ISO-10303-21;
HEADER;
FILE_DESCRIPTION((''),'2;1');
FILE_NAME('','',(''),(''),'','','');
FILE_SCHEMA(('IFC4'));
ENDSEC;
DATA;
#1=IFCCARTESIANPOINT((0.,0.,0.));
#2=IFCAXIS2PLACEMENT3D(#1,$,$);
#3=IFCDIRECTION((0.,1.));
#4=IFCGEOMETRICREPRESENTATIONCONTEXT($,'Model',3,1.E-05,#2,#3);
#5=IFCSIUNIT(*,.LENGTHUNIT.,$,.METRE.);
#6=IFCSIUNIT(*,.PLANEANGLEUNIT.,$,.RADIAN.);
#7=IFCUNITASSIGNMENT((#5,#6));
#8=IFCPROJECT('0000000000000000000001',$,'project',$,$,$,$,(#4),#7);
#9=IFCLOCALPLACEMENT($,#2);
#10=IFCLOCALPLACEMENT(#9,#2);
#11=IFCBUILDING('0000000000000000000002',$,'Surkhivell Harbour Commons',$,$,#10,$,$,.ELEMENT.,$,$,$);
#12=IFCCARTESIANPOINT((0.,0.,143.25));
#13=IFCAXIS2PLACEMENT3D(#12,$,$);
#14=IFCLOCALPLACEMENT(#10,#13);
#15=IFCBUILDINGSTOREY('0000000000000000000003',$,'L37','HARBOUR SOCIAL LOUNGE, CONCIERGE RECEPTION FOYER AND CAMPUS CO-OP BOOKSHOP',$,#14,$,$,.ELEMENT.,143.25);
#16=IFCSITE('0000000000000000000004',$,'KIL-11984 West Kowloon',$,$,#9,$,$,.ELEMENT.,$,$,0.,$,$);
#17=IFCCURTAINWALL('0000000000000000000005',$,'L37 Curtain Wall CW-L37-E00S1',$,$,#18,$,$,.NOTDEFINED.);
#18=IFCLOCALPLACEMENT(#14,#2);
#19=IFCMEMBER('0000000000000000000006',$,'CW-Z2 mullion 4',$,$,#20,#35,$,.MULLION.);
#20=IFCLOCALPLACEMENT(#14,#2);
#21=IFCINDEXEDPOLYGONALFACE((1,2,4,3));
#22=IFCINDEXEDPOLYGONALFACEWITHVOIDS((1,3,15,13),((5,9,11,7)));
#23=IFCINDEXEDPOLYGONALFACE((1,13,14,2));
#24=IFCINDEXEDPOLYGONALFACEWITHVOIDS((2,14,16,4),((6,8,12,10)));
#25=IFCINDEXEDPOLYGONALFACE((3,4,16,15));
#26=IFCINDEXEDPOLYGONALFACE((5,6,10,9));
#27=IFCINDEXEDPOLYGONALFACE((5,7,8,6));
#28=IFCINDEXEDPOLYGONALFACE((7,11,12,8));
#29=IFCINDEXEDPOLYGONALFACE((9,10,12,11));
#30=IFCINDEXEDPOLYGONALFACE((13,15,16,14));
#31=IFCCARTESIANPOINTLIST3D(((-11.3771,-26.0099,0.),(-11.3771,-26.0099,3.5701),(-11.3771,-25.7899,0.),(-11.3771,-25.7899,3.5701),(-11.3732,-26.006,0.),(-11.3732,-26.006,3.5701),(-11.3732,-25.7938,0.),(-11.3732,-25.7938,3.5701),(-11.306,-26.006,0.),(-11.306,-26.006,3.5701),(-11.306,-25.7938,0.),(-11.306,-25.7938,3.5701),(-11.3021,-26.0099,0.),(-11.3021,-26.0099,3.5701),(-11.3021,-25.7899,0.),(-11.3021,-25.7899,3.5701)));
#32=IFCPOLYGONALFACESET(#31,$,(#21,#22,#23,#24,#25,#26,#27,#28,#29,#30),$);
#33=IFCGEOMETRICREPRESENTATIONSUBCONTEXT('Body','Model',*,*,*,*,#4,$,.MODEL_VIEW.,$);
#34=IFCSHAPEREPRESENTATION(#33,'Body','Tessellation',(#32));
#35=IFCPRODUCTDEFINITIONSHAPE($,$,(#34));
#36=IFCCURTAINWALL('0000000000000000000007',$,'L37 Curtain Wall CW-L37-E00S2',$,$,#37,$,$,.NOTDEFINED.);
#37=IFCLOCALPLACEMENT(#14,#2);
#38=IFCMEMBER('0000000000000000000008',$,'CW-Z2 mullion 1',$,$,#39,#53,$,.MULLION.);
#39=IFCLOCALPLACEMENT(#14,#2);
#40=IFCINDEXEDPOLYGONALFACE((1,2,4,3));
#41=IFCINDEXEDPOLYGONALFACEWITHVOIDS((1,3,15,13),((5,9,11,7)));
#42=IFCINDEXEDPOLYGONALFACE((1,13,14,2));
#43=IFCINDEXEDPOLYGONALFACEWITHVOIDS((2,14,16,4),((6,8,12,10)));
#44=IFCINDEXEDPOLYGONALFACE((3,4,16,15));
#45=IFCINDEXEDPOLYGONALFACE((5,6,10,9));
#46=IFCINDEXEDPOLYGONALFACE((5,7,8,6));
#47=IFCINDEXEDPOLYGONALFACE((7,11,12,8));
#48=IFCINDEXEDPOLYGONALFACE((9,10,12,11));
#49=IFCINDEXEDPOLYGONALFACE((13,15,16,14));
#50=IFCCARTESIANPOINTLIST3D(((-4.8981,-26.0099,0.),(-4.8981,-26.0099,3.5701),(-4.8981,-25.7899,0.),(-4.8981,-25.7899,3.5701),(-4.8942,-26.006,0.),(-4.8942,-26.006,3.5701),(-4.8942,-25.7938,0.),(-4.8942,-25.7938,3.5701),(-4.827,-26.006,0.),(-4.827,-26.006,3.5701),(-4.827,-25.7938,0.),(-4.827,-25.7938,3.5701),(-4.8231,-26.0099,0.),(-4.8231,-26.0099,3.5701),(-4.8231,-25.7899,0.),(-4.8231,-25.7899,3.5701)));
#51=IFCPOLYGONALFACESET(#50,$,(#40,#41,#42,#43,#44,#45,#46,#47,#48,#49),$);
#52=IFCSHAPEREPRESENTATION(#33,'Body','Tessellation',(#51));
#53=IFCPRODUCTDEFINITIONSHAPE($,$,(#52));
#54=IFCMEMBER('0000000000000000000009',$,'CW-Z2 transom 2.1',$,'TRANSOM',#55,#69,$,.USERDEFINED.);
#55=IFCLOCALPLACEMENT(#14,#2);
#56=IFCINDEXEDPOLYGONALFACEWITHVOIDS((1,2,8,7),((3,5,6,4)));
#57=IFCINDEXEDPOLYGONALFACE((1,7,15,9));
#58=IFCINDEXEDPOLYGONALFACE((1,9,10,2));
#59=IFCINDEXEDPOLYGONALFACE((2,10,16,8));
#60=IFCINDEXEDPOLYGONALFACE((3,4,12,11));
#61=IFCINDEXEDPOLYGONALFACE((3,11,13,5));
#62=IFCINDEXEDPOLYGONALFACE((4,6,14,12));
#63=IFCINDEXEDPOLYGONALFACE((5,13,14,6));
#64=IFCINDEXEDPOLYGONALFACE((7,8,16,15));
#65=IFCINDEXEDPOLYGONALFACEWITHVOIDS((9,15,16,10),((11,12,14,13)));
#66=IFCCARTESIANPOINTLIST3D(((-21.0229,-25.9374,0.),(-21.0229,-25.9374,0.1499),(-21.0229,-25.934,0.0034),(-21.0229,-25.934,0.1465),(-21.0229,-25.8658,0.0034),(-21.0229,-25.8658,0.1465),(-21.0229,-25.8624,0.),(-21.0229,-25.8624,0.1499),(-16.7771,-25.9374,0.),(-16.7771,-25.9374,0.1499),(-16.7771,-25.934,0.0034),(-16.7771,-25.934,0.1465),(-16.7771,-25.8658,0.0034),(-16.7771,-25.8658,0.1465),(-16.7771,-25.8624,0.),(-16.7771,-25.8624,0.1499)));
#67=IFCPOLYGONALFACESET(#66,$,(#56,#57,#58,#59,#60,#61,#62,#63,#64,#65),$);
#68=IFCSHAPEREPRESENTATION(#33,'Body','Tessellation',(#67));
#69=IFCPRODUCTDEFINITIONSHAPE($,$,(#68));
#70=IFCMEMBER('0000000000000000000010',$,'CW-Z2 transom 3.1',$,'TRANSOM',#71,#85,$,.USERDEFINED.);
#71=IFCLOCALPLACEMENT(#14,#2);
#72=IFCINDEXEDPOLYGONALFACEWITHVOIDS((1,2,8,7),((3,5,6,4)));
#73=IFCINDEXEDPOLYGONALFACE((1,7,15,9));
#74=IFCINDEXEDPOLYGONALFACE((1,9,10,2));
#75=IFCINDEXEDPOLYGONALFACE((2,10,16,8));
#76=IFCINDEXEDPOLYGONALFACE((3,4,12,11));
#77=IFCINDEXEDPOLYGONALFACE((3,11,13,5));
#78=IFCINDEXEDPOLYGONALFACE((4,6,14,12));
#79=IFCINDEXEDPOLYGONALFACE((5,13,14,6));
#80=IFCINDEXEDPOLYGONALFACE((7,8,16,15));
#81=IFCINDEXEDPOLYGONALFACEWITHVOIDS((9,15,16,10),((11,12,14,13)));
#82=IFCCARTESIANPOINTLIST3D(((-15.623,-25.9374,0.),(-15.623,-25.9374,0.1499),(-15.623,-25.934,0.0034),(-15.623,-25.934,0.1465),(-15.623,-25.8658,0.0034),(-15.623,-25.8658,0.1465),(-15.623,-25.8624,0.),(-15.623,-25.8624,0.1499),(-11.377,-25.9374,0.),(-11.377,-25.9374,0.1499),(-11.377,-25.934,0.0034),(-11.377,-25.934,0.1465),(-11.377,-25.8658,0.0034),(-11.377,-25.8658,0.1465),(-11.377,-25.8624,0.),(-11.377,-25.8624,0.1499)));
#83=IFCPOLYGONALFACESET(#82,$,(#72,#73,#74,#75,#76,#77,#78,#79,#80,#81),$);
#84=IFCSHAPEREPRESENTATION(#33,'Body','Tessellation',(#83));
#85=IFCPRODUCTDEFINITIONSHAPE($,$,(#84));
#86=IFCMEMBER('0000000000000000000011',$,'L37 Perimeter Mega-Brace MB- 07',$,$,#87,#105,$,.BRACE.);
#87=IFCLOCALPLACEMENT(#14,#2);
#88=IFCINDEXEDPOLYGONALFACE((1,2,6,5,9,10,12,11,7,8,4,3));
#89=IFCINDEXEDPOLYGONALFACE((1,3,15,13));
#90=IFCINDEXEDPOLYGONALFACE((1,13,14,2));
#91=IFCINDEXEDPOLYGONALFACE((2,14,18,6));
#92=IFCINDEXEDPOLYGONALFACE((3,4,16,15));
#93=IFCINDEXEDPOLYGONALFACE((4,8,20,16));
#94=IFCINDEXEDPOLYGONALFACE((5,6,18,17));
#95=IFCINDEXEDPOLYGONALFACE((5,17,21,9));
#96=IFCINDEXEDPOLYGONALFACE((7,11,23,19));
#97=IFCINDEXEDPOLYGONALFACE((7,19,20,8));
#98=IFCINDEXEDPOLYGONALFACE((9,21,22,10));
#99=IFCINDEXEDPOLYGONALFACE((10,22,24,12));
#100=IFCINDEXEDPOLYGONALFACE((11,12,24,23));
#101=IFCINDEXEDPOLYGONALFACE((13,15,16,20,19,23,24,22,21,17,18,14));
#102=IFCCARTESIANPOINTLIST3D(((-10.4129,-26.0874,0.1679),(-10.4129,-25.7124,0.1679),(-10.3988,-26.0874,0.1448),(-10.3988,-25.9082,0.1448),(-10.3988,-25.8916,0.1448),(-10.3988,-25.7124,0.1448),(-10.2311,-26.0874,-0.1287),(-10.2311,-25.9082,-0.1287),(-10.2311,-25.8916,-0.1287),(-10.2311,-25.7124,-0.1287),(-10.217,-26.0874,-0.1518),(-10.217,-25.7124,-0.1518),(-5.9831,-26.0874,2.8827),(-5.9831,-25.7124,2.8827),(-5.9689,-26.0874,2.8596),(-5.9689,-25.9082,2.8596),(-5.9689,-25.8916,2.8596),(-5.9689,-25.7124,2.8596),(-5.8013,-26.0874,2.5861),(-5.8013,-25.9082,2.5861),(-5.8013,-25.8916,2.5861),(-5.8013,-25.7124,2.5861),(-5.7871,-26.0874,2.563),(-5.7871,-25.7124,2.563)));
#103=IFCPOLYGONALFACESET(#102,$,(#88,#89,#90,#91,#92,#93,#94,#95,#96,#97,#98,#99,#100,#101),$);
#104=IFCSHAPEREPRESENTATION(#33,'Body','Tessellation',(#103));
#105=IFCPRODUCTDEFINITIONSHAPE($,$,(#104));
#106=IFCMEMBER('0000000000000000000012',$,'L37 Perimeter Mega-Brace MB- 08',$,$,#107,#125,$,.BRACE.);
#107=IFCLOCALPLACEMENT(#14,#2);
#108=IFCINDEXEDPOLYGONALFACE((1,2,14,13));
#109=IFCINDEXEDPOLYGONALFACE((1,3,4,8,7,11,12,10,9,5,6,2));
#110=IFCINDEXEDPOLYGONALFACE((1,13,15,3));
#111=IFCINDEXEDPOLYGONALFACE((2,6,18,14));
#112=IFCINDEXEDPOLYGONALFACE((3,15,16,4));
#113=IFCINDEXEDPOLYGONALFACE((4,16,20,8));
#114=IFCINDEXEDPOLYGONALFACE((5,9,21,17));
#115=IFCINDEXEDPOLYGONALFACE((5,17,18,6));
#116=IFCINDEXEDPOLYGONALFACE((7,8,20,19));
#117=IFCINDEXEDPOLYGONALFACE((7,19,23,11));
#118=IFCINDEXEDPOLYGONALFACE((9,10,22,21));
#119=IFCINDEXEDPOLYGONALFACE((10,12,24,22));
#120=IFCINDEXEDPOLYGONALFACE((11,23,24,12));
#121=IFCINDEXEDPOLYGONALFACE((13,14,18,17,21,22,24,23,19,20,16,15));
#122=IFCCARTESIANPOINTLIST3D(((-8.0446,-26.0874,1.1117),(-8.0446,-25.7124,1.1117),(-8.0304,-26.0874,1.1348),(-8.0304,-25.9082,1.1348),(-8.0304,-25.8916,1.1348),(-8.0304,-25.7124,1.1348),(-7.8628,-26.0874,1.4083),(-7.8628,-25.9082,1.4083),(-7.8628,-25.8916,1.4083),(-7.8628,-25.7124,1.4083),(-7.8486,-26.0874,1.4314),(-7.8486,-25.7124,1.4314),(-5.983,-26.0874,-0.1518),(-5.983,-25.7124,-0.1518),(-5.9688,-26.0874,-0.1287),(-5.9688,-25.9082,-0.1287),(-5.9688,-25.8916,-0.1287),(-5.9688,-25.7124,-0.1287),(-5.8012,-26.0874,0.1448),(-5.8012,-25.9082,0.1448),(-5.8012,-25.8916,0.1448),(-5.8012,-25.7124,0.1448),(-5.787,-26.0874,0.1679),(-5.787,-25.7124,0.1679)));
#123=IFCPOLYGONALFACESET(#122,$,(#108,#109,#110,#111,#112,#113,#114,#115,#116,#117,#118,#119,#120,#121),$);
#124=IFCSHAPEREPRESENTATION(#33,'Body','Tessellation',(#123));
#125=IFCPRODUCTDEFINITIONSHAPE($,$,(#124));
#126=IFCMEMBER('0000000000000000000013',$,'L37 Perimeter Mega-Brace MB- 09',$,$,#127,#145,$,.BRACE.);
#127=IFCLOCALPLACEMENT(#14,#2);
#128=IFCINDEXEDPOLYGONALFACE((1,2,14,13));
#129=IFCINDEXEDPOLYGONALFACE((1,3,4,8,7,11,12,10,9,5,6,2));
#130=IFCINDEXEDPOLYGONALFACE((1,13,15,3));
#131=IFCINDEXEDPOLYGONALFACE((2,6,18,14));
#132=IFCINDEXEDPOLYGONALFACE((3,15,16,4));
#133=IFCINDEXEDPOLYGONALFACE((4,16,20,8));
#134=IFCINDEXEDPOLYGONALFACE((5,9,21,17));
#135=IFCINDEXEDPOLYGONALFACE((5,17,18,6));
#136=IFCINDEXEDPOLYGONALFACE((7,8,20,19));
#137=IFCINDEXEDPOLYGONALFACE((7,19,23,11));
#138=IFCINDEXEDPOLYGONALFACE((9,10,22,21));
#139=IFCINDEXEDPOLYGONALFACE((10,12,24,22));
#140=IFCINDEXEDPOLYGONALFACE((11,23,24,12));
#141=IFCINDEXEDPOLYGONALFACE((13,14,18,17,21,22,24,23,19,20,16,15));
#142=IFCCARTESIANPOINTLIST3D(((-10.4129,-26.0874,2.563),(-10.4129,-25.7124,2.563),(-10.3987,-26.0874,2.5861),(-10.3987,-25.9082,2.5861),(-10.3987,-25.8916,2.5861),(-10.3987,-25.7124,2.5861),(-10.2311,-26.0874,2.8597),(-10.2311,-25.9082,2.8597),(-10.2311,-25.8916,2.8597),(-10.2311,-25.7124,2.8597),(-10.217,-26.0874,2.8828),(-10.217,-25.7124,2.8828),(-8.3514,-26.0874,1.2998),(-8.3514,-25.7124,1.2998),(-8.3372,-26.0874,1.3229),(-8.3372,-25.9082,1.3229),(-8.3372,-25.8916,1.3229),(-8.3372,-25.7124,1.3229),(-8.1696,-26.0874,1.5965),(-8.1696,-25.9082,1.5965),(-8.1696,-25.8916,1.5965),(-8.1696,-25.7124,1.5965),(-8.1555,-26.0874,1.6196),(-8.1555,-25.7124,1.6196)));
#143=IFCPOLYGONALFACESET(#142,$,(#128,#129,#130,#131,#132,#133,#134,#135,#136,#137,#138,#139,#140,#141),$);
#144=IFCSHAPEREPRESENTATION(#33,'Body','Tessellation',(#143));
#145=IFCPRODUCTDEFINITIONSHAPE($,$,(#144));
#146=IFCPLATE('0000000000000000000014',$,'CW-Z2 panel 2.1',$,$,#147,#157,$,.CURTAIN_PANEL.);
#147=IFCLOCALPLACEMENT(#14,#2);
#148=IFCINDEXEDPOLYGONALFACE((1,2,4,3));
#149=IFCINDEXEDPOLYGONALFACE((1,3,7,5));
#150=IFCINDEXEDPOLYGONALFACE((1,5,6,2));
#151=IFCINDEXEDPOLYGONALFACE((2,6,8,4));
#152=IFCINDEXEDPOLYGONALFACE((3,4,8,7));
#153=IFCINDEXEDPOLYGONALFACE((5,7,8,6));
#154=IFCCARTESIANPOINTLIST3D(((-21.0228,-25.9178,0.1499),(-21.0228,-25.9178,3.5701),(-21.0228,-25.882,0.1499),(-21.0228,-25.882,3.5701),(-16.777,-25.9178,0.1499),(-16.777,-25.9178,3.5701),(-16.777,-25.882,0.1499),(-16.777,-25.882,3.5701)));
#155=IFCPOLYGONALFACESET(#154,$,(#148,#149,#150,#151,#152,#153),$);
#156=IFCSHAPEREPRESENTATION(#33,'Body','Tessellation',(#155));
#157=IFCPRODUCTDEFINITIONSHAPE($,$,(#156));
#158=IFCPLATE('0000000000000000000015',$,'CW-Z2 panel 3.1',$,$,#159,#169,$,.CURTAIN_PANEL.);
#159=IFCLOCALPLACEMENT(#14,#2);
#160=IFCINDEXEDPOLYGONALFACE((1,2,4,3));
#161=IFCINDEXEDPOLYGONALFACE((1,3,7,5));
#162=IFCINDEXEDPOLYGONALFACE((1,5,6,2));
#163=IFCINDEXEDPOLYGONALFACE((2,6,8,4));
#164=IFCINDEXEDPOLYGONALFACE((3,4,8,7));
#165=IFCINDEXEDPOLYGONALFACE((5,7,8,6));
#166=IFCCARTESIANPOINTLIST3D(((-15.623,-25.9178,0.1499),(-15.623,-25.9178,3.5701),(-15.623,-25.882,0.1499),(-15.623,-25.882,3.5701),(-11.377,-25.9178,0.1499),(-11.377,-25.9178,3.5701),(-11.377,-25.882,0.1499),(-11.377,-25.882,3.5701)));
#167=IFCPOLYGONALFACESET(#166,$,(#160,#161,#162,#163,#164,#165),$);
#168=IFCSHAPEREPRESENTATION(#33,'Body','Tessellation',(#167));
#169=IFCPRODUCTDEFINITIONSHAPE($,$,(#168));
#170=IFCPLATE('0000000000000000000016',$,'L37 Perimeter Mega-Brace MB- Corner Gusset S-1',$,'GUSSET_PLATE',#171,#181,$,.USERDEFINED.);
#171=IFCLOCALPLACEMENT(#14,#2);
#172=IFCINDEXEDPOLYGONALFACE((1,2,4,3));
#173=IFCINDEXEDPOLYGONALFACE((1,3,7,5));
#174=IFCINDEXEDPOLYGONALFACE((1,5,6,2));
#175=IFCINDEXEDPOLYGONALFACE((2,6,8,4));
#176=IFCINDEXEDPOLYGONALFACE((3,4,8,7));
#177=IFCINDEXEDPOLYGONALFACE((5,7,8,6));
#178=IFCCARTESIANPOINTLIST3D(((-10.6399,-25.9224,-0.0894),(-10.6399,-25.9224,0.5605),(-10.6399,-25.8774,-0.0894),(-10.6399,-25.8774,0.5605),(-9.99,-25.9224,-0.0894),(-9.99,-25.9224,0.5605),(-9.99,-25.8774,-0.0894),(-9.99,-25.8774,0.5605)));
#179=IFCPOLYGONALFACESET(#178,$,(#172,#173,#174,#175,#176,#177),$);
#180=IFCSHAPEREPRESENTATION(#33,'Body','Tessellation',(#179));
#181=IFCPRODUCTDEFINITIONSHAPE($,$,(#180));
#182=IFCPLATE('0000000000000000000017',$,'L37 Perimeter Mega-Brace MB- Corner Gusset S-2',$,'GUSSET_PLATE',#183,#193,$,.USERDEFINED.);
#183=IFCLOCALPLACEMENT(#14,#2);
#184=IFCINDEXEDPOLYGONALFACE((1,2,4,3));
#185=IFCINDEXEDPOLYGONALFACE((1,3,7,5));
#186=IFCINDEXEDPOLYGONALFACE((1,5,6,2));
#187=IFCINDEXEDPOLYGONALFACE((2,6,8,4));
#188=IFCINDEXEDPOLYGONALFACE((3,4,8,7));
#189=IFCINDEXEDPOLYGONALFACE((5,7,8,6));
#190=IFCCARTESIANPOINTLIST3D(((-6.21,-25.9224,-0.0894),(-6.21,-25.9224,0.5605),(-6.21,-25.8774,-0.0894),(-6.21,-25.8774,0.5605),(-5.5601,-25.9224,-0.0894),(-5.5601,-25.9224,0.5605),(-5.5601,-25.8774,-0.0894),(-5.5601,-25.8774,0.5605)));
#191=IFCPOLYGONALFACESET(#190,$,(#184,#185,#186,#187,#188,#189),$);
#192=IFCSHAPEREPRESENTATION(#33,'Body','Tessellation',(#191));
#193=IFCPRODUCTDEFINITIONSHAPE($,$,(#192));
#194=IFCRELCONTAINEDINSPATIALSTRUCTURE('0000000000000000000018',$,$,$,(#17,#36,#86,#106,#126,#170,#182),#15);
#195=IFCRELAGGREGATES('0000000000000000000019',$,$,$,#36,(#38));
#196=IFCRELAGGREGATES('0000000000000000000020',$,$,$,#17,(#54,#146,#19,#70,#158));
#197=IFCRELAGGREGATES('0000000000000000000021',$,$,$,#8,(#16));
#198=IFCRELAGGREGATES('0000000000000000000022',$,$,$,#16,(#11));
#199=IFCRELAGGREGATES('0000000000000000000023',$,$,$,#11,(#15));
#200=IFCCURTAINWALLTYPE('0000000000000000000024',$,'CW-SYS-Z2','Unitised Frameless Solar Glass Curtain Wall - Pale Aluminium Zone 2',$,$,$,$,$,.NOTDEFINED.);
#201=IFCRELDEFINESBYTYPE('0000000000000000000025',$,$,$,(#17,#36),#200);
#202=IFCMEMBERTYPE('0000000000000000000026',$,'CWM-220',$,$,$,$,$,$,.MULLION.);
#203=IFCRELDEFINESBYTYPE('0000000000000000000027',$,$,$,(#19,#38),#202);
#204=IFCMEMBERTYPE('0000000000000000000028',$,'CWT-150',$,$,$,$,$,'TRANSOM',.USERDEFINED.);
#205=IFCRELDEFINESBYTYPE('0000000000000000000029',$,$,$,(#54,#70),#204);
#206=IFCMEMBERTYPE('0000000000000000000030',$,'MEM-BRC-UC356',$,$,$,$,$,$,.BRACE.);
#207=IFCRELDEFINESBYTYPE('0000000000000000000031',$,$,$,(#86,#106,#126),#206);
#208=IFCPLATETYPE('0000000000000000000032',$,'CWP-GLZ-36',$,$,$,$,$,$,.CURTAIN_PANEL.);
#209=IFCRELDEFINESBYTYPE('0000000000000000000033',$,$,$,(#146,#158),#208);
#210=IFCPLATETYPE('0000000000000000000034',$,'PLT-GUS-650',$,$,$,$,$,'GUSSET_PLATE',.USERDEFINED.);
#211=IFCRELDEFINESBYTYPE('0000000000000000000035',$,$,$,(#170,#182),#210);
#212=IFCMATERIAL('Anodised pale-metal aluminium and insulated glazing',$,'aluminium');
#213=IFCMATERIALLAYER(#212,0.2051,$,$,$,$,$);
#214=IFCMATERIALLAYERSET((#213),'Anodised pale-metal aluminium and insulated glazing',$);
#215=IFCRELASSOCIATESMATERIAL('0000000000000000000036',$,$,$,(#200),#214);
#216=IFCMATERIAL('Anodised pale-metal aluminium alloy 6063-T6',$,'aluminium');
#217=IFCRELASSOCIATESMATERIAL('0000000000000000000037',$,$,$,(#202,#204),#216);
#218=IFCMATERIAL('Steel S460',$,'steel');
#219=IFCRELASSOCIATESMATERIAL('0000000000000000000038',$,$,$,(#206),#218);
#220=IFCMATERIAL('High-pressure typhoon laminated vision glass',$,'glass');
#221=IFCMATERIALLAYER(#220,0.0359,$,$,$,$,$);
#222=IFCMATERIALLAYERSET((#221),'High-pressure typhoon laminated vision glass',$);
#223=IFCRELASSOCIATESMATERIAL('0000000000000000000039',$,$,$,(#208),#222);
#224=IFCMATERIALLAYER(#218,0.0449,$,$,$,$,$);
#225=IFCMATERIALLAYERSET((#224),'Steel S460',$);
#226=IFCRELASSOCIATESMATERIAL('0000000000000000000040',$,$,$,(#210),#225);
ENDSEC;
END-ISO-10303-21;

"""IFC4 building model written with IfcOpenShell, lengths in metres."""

from ifc_helpers import new_model, si_unit, direction, frame, frame_2d, origin, origin_2d, place, context, subcontext, project, spatial, rectangle, hollow_rectangle, i_section, extrude, material, layer, layer_set, material_profile, profile_set, type_object, element, aggregate, save


model = new_model("IFC4")

# Units and contexts
model_context = context("Model", 3, precision=1e-05, world=origin(), true_north=direction((0.0, 1.0)))
body_context = subcontext(model_context, "Body", "Model", "MODEL_VIEW")
ifc_project = project(units=[si_unit("LENGTHUNIT", "METRE"), si_unit("PLANEANGLEUNIT", "RADIAN")], contexts=[model_context])

# Site, building, storey
site_placement = place(None, origin())
site = spatial("IfcSite", under=ifc_project, at=site_placement, Name="KIL-11984 West Kowloon", CompositionType="ELEMENT", RefElevation=0.0)
building_placement = place(site_placement, origin())
building = spatial("IfcBuilding", under=site, at=building_placement, Name="Surkhivell Harbour Commons", CompositionType="ELEMENT")
storey_placement = place(building_placement, frame((0.0, 0.0, 143.25)))
storey = spatial("IfcBuildingStorey", under=building, at=storey_placement, Name="L37", Description="HARBOUR SOCIAL LOUNGE, CONCIERGE RECEPTION FOYER AND CAMPUS CO-OP BOOKSHOP", CompositionType="ELEMENT", Elevation=143.25)

# Shared definitions
ifc_material_1 = material(Name="Steel S460", Category="steel")

# Curtain wall, member
ifc_material_2 = material(Name="Anodised pale-metal aluminium and insulated glazing", Category="aluminium")
ifc_layer_1 = layer(ifc_material_2, 0.2051)
ifc_layer_set_1 = layer_set([ifc_layer_1], Name="Anodised pale-metal aluminium and insulated glazing")
curtain_wall_type = type_object("IfcCurtainWallType", Name="CW-SYS-Z2", Description="Unitised Frameless Solar Glass Curtain Wall - Pale Aluminium Zone 2", PredefinedType="NOTDEFINED", material=ifc_layer_set_1)
curtain_wall_1_placement = place(storey_placement, origin())
curtain_wall_1 = element("IfcCurtainWall", 1, at=curtain_wall_1_placement, inside=storey, type_object=curtain_wall_type, Name="L37 Curtain Wall CW-L37-E00S1", PredefinedType="NOTDEFINED")
ifc_material_3 = material(Name="Anodised pale-metal aluminium alloy 6063-T6", Category="aluminium")
ifc_material_profile_1 = material_profile(ifc_material_3, hollow_rectangle(XDim=0.075, YDim=0.22, WallThickness=0.0039, at=origin_2d()), Name="ALU-MULL-75x220")
ifc_profile_set_1 = profile_set([ifc_material_profile_1], Name="Anodised pale-metal aluminium alloy 6063-T6")
member_type_1 = type_object("IfcMemberType", Name="CWM-220", PredefinedType="MULLION", material=ifc_profile_set_1)
member_1_placement = place(storey_placement, frame((-11.3396, -25.8999, 0.0), z_axis=(0.0, 0.0, 1.0), x_axis=(1.0, 0.0, 0.0)))
member_1 = element("IfcMember", 2, at=member_1_placement, type_object=member_type_1, Name="CW-Z2 mullion 4", PredefinedType="MULLION", context=body_context, shape_type="SweptSolid", body=[
    extrude(hollow_rectangle(XDim=0.075, YDim=0.22, WallThickness=0.0039, at=origin_2d()), origin(), (0.0, 0.0, 1.0), 3.5701),
])

# Curtain wall, member
curtain_wall_2_placement = place(storey_placement, origin())
curtain_wall_2 = element("IfcCurtainWall", 3, at=curtain_wall_2_placement, inside=storey, type_object=curtain_wall_type, Name="L37 Curtain Wall CW-L37-E00S2", PredefinedType="NOTDEFINED")
member_2_placement = place(storey_placement, frame((-4.8606, -25.8999, 0.0), z_axis=(0.0, 0.0, 1.0), x_axis=(1.0, 0.0, 0.0)))
member_2 = element("IfcMember", 4, at=member_2_placement, type_object=member_type_1, Name="CW-Z2 mullion 1", PredefinedType="MULLION", context=body_context, shape_type="SweptSolid", body=[
    extrude(hollow_rectangle(XDim=0.075, YDim=0.22, WallThickness=0.0039, at=origin_2d()), origin(), (0.0, 0.0, 1.0), 3.5701),
])
aggregate(curtain_wall_2, [member_2])

# Members
ifc_material_profile_2 = material_profile(ifc_material_3, hollow_rectangle(XDim=0.075, YDim=0.1499, WallThickness=0.0034, at=origin_2d()), Name="ALU-TRAN-75x150")
ifc_profile_set_2 = profile_set([ifc_material_profile_2], Name="Anodised pale-metal aluminium alloy 6063-T6")
member_type_2 = type_object("IfcMemberType", Name="CWT-150", ElementType="TRANSOM", PredefinedType="USERDEFINED", material=ifc_profile_set_2)
member_3_placement = place(storey_placement, frame((-21.0229, -25.8999, 0.075), z_axis=(1.0, 0.0, 0.0), x_axis=(0.0, 1.0, 0.0)))
member_3 = element("IfcMember", 5, at=member_3_placement, type_object=member_type_2, Name="CW-Z2 transom 2.1", ObjectType="TRANSOM", PredefinedType="USERDEFINED", context=body_context, shape_type="SweptSolid", body=[
    extrude(hollow_rectangle(XDim=0.075, YDim=0.1499, WallThickness=0.0034, at=origin_2d()), origin(), (0.0, 0.0, 1.0), 4.2458),
])
member_4_placement = place(storey_placement, frame((-15.623, -25.8999, 0.075), z_axis=(1.0, 0.0, 0.0), x_axis=(0.0, 1.0, 0.0)))
member_4 = element("IfcMember", 6, at=member_4_placement, type_object=member_type_2, Name="CW-Z2 transom 3.1", ObjectType="TRANSOM", PredefinedType="USERDEFINED", context=body_context, shape_type="SweptSolid", body=[
    extrude(hollow_rectangle(XDim=0.075, YDim=0.1499, WallThickness=0.0034, at=origin_2d()), origin(), (0.0, 0.0, 1.0), 4.2461),
])

# Members
ifc_material_profile_3 = material_profile(ifc_material_1, i_section(OverallWidth=0.375, OverallDepth=0.375, WebThickness=0.0166, FlangeThickness=0.0271, at=origin_2d()), Name="UC356x368x202")
ifc_profile_set_3 = profile_set([ifc_material_profile_3], Name="Steel S460")
member_type_3 = type_object("IfcMemberType", Name="MEM-BRC-UC356", PredefinedType="BRACE", material=ifc_profile_set_3)
member_5_placement = place(storey_placement, frame((-10.3149, -25.8999, 0.0081), z_axis=(0.852625, 0.0, 0.522523), x_axis=(0.0, 1.0, 0.0)))
element("IfcMember", 7, at=member_5_placement, inside=storey, type_object=member_type_3, Name="L37 Perimeter Mega-Brace MB- 07", PredefinedType="BRACE", context=body_context, shape_type="SweptSolid", body=[
    extrude(i_section(OverallWidth=0.375, OverallDepth=0.375, WebThickness=0.0166, FlangeThickness=0.0271, at=origin_2d()), origin(), (0.0, 0.0, 1.0), 5.1956),
])
member_6_placement = place(storey_placement, frame((-5.885, -25.8999, 0.0081), z_axis=(-0.852617, 0.0, 0.522536), x_axis=(0.0, -1.0, 0.0)))
element("IfcMember", 8, at=member_6_placement, inside=storey, type_object=member_type_3, Name="L37 Perimeter Mega-Brace MB- 08", PredefinedType="BRACE", context=body_context, shape_type="SweptSolid", body=[
    extrude(i_section(OverallWidth=0.375, OverallDepth=0.375, WebThickness=0.0166, FlangeThickness=0.0271, at=origin_2d()), origin(), (0.0, 0.0, 1.0), 2.418),
])
member_7_placement = place(storey_placement, frame((-8.2534, -25.8999, 1.4597), z_axis=(-0.852662, 0.0, 0.522463), x_axis=(0.0, -1.0, 0.0)))
element("IfcMember", 9, at=member_7_placement, inside=storey, type_object=member_type_3, Name="L37 Perimeter Mega-Brace MB- 09", PredefinedType="BRACE", context=body_context, shape_type="SweptSolid", body=[
    extrude(i_section(OverallWidth=0.375, OverallDepth=0.375, WebThickness=0.0166, FlangeThickness=0.0271, at=origin_2d()), origin(), (0.0, 0.0, 1.0), 2.4177),
])

# Plates
ifc_material_4 = material(Name="High-pressure typhoon laminated vision glass", Category="glass")
ifc_layer_2 = layer(ifc_material_4, 0.0359)
ifc_layer_set_2 = layer_set([ifc_layer_2], Name="High-pressure typhoon laminated vision glass")
plate_type_1 = type_object("IfcPlateType", Name="CWP-GLZ-36", PredefinedType="CURTAIN_PANEL", material=ifc_layer_set_2)
plate_1_placement = place(storey_placement, frame((-21.0229, -25.8999, 0.1499), z_axis=(0.0, 0.0, 1.0), x_axis=(1.0, 0.0, 0.0)))
plate_1 = element("IfcPlate", 10, at=plate_1_placement, type_object=plate_type_1, Name="CW-Z2 panel 2.1", PredefinedType="CURTAIN_PANEL", context=body_context, shape_type="SweptSolid", body=[
    extrude(rectangle(XDim=4.2458, YDim=0.0359, at=frame_2d((2.123, 0.0))), origin(), (0.0, 0.0, 1.0), 3.4202),
])
plate_2_placement = place(storey_placement, frame((-15.623, -25.8999, 0.1499), z_axis=(0.0, 0.0, 1.0), x_axis=(1.0, 0.0, 0.0)))
plate_2 = element("IfcPlate", 11, at=plate_2_placement, type_object=plate_type_1, Name="CW-Z2 panel 3.1", PredefinedType="CURTAIN_PANEL", context=body_context, shape_type="SweptSolid", body=[
    extrude(rectangle(XDim=4.2461, YDim=0.0359, at=frame_2d((2.123, 0.0))), origin(), (0.0, 0.0, 1.0), 3.4202),
])
aggregate(curtain_wall_1, [member_3, plate_1, member_1, member_4, plate_2])

# Plates
ifc_layer_3 = layer(ifc_material_1, 0.0449)
ifc_layer_set_3 = layer_set([ifc_layer_3], Name="Steel S460")
plate_type_2 = type_object("IfcPlateType", Name="PLT-GUS-650", ElementType="GUSSET_PLATE", PredefinedType="USERDEFINED", material=ifc_layer_set_3)
for number, where, z_axis, x_axis, name in (
    (12, (-10.3149, -25.8999, -0.0894), (0.0, 0.0, 1.0), (1.0, 0.0, 0.0), "L37 Perimeter Mega-Brace MB- Corner Gusset S-1"),
    (13, (-5.885, -25.8999, -0.0894), (0.0, 0.0, 1.0), (1.0, 0.0, 0.0), "L37 Perimeter Mega-Brace MB- Corner Gusset S-2"),
):
    element("IfcPlate", number, at=place(storey_placement, frame(where, z_axis=z_axis, x_axis=x_axis)), inside=storey, type_object=plate_type_2, Name=name, ObjectType="GUSSET_PLATE", PredefinedType="USERDEFINED", context=body_context, shape_type="SweptSolid", body=[
        extrude(rectangle(XDim=0.6499, YDim=0.0449, at=origin_2d()), origin(), (0.0, 0.0, 1.0), 0.6499),
    ])

save(model, "model.ifc")
